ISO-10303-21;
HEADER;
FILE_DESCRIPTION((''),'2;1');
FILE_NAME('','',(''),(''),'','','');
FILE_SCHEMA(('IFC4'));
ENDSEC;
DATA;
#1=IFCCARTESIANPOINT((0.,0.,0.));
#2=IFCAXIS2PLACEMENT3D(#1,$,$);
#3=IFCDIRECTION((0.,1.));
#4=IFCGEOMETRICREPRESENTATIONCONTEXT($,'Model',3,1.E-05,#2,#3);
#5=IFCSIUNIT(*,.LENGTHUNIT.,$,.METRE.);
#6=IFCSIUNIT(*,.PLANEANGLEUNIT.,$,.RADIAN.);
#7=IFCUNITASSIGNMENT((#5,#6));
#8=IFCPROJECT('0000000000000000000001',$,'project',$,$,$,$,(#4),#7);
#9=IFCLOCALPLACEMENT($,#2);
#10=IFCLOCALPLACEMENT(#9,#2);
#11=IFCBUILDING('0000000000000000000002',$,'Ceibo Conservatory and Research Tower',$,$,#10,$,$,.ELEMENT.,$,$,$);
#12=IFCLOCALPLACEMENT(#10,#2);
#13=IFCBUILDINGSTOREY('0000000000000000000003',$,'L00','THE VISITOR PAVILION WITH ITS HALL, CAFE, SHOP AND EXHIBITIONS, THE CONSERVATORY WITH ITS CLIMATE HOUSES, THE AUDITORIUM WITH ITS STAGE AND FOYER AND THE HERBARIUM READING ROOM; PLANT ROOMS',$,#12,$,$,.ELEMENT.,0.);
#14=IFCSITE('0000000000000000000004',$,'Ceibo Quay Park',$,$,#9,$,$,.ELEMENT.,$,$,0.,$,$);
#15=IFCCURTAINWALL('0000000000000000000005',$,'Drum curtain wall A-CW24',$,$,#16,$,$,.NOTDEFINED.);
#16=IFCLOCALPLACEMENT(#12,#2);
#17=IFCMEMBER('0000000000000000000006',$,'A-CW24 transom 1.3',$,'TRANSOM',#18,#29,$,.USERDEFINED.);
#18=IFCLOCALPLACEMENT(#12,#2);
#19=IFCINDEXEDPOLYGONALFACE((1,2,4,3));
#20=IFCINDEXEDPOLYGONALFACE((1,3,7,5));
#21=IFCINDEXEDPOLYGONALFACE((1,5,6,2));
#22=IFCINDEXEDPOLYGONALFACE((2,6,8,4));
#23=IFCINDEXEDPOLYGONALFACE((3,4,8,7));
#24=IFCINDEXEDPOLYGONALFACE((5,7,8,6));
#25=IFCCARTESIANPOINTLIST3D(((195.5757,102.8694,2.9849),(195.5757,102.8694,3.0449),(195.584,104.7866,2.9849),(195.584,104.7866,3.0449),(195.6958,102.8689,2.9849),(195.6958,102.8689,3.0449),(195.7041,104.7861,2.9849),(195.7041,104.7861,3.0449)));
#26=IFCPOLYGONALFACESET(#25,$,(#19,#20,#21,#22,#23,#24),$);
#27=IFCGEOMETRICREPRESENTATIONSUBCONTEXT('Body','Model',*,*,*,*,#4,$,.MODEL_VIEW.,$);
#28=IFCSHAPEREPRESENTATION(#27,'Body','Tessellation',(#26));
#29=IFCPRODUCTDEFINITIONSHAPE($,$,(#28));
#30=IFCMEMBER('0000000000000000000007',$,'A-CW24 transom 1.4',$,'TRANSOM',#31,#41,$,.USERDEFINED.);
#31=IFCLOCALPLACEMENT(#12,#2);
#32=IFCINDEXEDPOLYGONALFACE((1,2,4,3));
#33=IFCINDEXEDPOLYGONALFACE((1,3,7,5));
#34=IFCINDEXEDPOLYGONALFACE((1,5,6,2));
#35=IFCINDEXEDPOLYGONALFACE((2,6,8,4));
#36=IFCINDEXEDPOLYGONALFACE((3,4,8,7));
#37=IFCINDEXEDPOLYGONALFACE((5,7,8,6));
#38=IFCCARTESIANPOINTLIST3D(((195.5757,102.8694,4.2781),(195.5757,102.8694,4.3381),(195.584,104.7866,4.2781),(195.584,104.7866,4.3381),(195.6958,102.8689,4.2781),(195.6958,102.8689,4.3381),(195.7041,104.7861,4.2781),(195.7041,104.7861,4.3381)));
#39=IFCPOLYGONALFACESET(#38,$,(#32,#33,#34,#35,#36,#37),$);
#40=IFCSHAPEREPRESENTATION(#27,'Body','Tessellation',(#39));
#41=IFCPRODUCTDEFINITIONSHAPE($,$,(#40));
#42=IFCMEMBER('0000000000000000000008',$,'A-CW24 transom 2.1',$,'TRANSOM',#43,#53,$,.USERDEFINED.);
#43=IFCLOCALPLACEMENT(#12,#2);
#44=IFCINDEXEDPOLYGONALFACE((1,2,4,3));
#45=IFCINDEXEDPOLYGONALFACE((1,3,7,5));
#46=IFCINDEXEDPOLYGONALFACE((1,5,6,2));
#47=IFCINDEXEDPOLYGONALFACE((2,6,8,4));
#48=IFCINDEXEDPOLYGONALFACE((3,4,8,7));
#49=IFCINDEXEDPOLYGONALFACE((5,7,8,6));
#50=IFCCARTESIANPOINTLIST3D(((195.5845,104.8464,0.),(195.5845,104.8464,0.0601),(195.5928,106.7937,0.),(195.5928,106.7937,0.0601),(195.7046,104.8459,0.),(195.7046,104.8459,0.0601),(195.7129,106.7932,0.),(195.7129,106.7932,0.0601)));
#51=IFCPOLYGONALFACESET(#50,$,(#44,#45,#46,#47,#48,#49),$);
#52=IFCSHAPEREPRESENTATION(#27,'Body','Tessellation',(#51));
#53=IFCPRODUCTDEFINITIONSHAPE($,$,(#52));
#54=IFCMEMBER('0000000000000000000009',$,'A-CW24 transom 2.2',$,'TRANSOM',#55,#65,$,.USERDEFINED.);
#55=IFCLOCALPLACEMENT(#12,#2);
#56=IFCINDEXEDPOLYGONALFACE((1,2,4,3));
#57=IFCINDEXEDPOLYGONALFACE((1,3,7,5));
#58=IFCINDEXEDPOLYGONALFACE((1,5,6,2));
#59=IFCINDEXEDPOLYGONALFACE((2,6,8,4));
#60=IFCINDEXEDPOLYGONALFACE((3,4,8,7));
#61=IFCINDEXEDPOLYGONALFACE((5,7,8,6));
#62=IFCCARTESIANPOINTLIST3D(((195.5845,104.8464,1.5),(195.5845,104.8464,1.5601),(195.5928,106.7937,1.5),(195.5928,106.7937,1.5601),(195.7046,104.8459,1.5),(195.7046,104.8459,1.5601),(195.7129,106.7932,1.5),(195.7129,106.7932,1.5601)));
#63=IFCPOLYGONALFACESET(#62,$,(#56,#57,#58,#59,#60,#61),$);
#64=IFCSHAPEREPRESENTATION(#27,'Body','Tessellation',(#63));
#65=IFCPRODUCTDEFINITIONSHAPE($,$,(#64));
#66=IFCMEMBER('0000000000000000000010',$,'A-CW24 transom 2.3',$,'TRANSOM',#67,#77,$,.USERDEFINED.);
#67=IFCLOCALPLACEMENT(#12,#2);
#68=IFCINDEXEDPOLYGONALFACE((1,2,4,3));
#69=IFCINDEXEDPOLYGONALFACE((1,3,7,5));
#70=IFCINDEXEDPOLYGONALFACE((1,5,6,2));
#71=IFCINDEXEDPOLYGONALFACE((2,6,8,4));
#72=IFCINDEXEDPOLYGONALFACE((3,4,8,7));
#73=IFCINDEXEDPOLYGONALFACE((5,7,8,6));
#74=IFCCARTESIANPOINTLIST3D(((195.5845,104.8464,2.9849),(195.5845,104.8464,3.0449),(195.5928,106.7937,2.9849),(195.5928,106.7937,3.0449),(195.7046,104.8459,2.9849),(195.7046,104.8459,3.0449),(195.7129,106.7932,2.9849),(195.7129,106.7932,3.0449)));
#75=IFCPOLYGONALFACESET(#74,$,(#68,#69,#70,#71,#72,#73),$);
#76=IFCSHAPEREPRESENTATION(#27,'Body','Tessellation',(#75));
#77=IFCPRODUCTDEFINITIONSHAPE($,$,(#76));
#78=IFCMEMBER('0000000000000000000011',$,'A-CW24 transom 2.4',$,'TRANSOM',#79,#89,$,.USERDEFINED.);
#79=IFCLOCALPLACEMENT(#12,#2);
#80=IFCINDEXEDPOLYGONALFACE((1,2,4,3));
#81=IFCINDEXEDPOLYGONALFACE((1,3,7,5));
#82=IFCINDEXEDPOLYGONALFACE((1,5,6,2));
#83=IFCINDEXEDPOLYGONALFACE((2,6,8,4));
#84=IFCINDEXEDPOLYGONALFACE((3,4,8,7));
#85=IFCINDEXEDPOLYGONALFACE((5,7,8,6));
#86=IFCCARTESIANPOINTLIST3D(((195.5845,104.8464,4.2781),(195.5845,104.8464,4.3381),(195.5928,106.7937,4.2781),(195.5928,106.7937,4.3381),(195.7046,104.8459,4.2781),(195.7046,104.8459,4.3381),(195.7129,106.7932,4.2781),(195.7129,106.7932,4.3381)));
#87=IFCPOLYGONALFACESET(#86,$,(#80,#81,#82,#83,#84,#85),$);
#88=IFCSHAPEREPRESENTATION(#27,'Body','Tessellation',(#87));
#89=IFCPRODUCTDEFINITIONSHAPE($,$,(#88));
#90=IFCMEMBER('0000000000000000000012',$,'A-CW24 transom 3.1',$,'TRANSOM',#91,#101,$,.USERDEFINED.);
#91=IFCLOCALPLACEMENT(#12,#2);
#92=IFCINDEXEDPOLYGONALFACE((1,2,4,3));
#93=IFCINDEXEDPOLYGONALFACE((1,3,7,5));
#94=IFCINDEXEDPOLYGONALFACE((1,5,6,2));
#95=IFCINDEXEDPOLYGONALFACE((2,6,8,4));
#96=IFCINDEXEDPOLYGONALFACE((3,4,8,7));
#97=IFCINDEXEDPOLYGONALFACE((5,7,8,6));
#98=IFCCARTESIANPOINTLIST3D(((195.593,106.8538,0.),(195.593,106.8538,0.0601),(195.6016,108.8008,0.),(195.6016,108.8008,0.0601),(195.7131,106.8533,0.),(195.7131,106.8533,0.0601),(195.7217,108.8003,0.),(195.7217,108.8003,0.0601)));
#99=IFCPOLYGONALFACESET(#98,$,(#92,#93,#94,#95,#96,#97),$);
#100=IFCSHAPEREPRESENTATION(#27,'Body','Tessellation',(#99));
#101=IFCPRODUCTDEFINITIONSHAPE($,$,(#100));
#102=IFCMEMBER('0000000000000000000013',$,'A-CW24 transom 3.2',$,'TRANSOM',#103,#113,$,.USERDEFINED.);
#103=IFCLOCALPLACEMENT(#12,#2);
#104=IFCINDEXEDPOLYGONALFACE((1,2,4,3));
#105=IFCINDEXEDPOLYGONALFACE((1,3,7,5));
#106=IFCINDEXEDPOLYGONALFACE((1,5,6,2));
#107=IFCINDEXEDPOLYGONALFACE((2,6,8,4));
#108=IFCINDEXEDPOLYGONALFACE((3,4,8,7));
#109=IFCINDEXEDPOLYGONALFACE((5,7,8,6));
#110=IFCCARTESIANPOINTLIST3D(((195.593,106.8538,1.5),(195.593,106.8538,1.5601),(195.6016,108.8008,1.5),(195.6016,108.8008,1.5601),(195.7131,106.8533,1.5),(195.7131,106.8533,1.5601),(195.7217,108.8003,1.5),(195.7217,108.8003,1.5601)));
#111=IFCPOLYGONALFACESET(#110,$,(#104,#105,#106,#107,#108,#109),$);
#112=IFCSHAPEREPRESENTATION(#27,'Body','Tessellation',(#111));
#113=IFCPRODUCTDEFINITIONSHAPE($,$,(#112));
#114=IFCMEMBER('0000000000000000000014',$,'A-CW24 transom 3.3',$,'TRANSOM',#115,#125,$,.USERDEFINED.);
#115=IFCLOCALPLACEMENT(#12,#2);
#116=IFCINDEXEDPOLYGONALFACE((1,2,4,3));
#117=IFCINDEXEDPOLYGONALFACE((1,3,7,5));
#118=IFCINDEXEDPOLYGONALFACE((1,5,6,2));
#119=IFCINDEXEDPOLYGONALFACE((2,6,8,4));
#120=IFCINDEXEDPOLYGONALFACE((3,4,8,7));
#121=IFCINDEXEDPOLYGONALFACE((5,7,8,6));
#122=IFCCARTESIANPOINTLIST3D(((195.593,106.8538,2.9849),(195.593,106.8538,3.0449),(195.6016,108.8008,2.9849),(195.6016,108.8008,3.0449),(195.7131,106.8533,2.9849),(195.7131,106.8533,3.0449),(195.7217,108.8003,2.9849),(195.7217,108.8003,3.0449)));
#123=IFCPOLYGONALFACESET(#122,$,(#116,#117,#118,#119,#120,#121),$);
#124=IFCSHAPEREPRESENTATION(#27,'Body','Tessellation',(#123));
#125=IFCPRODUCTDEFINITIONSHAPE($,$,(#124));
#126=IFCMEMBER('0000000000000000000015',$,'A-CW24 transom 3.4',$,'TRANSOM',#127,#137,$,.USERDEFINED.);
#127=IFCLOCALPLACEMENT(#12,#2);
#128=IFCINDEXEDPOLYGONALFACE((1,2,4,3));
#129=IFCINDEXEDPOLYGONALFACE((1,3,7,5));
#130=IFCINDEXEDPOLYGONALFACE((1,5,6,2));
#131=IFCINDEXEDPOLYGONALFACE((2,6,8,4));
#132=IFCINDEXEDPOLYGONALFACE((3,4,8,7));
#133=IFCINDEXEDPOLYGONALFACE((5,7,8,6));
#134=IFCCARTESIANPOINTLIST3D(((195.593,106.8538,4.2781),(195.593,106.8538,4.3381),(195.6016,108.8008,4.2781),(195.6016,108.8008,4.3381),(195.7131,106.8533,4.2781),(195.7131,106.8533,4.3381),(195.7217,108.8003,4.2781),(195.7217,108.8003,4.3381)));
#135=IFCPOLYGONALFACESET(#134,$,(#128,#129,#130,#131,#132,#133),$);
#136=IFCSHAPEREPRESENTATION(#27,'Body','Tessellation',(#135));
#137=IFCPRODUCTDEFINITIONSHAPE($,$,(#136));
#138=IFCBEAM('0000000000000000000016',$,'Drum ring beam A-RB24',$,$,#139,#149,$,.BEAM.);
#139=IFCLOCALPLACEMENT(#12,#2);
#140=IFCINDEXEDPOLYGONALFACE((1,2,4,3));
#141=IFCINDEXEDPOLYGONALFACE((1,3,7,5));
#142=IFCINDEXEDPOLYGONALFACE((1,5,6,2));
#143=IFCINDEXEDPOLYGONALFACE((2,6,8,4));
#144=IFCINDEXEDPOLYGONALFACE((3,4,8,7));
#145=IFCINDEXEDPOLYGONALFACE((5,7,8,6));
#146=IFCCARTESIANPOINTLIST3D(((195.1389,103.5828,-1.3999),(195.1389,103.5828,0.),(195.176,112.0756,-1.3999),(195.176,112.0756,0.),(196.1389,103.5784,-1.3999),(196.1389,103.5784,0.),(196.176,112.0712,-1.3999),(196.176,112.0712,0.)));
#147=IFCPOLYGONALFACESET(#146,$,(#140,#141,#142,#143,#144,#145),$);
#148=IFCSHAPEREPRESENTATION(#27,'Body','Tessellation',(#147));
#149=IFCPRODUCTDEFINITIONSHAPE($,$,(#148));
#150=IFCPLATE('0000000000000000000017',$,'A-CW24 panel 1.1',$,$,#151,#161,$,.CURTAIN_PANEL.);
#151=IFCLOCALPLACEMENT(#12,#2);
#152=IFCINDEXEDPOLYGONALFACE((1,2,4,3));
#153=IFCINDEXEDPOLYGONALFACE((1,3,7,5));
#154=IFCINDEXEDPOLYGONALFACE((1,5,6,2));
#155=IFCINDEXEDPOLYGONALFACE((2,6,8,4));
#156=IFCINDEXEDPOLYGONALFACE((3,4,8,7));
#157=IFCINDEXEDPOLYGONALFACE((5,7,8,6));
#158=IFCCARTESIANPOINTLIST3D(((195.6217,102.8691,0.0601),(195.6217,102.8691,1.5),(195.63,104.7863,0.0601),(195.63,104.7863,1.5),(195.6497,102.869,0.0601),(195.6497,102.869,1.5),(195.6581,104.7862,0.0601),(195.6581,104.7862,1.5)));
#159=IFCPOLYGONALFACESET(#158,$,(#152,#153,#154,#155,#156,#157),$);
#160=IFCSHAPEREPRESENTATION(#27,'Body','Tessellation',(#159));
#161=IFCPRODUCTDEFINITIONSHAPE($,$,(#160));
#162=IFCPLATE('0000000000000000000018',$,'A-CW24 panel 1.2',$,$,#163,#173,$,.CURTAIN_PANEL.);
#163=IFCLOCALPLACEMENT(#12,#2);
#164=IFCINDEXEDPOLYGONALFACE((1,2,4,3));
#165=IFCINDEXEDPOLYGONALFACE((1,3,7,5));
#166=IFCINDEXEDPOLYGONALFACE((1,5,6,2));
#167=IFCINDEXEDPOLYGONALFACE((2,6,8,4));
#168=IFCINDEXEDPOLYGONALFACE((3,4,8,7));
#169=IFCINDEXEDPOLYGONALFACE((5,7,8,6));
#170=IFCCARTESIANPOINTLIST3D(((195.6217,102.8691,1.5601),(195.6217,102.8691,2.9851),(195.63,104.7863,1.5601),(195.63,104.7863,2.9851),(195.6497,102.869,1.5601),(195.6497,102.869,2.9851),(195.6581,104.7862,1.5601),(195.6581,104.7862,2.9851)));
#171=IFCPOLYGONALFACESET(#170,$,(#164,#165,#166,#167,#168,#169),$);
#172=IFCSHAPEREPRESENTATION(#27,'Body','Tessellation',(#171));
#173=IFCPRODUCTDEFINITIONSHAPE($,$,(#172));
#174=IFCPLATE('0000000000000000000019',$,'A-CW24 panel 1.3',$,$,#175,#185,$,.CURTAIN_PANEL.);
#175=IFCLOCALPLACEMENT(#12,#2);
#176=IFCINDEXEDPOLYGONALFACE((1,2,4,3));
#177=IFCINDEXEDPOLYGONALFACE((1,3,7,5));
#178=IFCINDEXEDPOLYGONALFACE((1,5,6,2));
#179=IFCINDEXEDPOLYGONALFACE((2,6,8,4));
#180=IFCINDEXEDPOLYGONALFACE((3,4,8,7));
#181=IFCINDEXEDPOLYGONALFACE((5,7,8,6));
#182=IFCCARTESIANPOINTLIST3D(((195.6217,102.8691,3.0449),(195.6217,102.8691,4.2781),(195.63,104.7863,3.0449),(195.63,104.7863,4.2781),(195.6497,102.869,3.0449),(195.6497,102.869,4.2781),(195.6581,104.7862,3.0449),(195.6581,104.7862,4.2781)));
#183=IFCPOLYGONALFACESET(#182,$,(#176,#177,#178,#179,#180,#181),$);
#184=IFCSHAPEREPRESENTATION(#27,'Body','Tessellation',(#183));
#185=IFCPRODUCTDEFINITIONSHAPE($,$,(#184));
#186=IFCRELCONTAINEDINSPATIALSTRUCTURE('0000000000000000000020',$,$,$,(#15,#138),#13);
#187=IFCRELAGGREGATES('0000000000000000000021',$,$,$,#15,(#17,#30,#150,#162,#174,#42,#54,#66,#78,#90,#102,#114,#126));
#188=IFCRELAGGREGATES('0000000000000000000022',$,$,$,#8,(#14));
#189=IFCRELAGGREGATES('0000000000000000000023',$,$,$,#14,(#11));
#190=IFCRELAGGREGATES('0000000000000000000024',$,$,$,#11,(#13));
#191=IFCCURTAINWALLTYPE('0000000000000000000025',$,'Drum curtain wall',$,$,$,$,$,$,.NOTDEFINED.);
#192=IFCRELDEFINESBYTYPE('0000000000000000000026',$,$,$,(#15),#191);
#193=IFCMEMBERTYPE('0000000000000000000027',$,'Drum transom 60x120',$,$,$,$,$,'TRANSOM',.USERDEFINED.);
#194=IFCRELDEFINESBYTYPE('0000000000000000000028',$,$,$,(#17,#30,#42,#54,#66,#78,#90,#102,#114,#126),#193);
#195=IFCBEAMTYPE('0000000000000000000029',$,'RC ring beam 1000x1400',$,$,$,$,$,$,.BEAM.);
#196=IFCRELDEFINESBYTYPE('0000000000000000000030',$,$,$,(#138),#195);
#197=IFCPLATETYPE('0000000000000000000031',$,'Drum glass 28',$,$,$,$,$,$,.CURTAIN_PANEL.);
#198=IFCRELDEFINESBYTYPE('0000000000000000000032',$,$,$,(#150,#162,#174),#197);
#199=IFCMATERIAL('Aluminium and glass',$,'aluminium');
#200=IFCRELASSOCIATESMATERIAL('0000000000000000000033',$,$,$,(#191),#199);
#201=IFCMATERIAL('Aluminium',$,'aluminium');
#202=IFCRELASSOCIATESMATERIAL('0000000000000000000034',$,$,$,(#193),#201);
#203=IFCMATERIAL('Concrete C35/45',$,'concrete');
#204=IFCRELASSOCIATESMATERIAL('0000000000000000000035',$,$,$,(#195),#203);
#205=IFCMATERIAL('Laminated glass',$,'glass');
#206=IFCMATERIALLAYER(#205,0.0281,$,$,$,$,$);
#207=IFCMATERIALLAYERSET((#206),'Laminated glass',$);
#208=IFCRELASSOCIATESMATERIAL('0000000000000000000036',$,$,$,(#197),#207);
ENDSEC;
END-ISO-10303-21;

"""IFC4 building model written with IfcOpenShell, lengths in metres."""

from ifc_helpers import new_model, si_unit, direction, frame, origin, origin_2d, place, context, subcontext, project, spatial, rectangle, extrude, material, layer, layer_set, material_profile, profile_set, type_object, element, aggregate, save


model = new_model("IFC4")

# Units and contexts
model_context = context("Model", 3, precision=1e-05, world=origin(), true_north=direction((0.0, 1.0)))
body_context = subcontext(model_context, "Body", "Model", "MODEL_VIEW")
ifc_project = project(units=[si_unit("LENGTHUNIT", "METRE"), si_unit("PLANEANGLEUNIT", "RADIAN")], contexts=[model_context])

# Site, building, storey
site_placement = place(None, origin())
site = spatial("IfcSite", under=ifc_project, at=site_placement, Name="Ceibo Quay Park", CompositionType="ELEMENT", RefElevation=0.0)
building_placement = place(site_placement, origin())
building = spatial("IfcBuilding", under=site, at=building_placement, Name="Ceibo Conservatory and Research Tower", CompositionType="ELEMENT")
storey_placement = place(building_placement, origin())
storey = spatial("IfcBuildingStorey", under=building, at=storey_placement, Name="L00", Description="THE VISITOR PAVILION WITH ITS HALL, CAFE, SHOP AND EXHIBITIONS, THE CONSERVATORY WITH ITS CLIMATE HOUSES, THE AUDITORIUM WITH ITS STAGE AND FOYER AND THE HERBARIUM READING ROOM; PLANT ROOMS", CompositionType="ELEMENT", Elevation=0.0)

# Shared definitions
ifc_material_1 = material(Name="Concrete C35/45", Category="concrete")

# Shared definitions
ifc_material_2 = material(Name="Aluminium and glass", Category="aluminium")
curtain_wall_type = type_object("IfcCurtainWallType", Name="Drum curtain wall", PredefinedType="NOTDEFINED", material=ifc_material_2)
ifc_material_3 = material(Name="Aluminium", Category="aluminium")

# Curtain wall
curtain_wall_1_placement = place(storey_placement, origin())
curtain_wall_1 = element("IfcCurtainWall", 1, at=curtain_wall_1_placement, inside=storey, type_object=curtain_wall_type, Name="Drum curtain wall A-CW24", PredefinedType="NOTDEFINED")

# Members
ifc_material_profile_1 = material_profile(ifc_material_3, rectangle(XDim=0.1201, YDim=0.0601, at=origin_2d()), Name="AL 60x120")
ifc_profile_set_1 = profile_set([ifc_material_profile_1], Name="Aluminium")
member_type_1 = type_object("IfcMemberType", Name="Drum transom 60x120", ElementType="TRANSOM", PredefinedType="USERDEFINED", material=ifc_profile_set_1)
member_1_placement = place(storey_placement, frame((195.6357, 102.8691, 3.0149), z_axis=(0.00433, 0.999991, 0.0), x_axis=(-0.999991, 0.00433, 0.0)))
member_1 = element("IfcMember", 2, at=member_1_placement, type_object=member_type_1, Name="A-CW24 transom 1.3", ObjectType="TRANSOM", PredefinedType="USERDEFINED", context=body_context, shape_type="SweptSolid", body=[
    extrude(rectangle(XDim=0.1201, YDim=0.0601, at=origin_2d()), origin(), (0.0, 0.0, 1.0), 1.9172),
])
member_2_placement = place(storey_placement, frame((195.6357, 102.8691, 4.3081), z_axis=(0.00433, 0.999991, 0.0), x_axis=(-0.999991, 0.00433, 0.0)))
member_2 = element("IfcMember", 3, at=member_2_placement, type_object=member_type_1, Name="A-CW24 transom 1.4", ObjectType="TRANSOM", PredefinedType="USERDEFINED", context=body_context, shape_type="SweptSolid", body=[
    extrude(rectangle(XDim=0.1201, YDim=0.0601, at=origin_2d()), origin(), (0.0, 0.0, 1.0), 1.9172),
])
member_3_placement = place(storey_placement, frame((195.6445, 104.8462, 0.03), z_axis=(0.004263, 0.999991, 0.0), x_axis=(-0.999991, 0.004263, 0.0)))
member_3 = element("IfcMember", 4, at=member_3_placement, type_object=member_type_1, Name="A-CW24 transom 2.1", ObjectType="TRANSOM", PredefinedType="USERDEFINED", context=body_context, shape_type="SweptSolid", body=[
    extrude(rectangle(XDim=0.1201, YDim=0.0601, at=origin_2d()), origin(), (0.0, 0.0, 1.0), 1.9473),
])
member_4_placement = place(storey_placement, frame((195.6445, 104.8462, 1.53), z_axis=(0.004263, 0.999991, 0.0), x_axis=(-0.999991, 0.004263, 0.0)))
member_4 = element("IfcMember", 5, at=member_4_placement, type_object=member_type_1, Name="A-CW24 transom 2.2", ObjectType="TRANSOM", PredefinedType="USERDEFINED", context=body_context, shape_type="SweptSolid", body=[
    extrude(rectangle(XDim=0.1201, YDim=0.0601, at=origin_2d()), origin(), (0.0, 0.0, 1.0), 1.9473),
])
member_5_placement = place(storey_placement, frame((195.6445, 104.8462, 3.0149), z_axis=(0.004263, 0.999991, 0.0), x_axis=(-0.999991, 0.004263, 0.0)))
member_5 = element("IfcMember", 6, at=member_5_placement, type_object=member_type_1, Name="A-CW24 transom 2.3", ObjectType="TRANSOM", PredefinedType="USERDEFINED", context=body_context, shape_type="SweptSolid", body=[
    extrude(rectangle(XDim=0.1201, YDim=0.0601, at=origin_2d()), origin(), (0.0, 0.0, 1.0), 1.9473),
])
member_6_placement = place(storey_placement, frame((195.6445, 104.8462, 4.3081), z_axis=(0.004263, 0.999991, 0.0), x_axis=(-0.999991, 0.004263, 0.0)))
member_6 = element("IfcMember", 7, at=member_6_placement, type_object=member_type_1, Name="A-CW24 transom 2.4", ObjectType="TRANSOM", PredefinedType="USERDEFINED", context=body_context, shape_type="SweptSolid", body=[
    extrude(rectangle(XDim=0.1201, YDim=0.0601, at=origin_2d()), origin(), (0.0, 0.0, 1.0), 1.9473),
])
member_7_placement = place(storey_placement, frame((195.6531, 106.8535, 0.03), z_axis=(0.004389, 0.99999, 0.0), x_axis=(-0.99999, 0.004389, 0.0)))
member_7 = element("IfcMember", 8, at=member_7_placement, type_object=member_type_1, Name="A-CW24 transom 3.1", ObjectType="TRANSOM", PredefinedType="USERDEFINED", context=body_context, shape_type="SweptSolid", body=[
    extrude(rectangle(XDim=0.1201, YDim=0.0601, at=origin_2d()), origin(), (0.0, 0.0, 1.0), 1.947),
])
member_8_placement = place(storey_placement, frame((195.6531, 106.8535, 1.53), z_axis=(0.004389, 0.99999, 0.0), x_axis=(-0.99999, 0.004389, 0.0)))
member_8 = element("IfcMember", 9, at=member_8_placement, type_object=member_type_1, Name="A-CW24 transom 3.2", ObjectType="TRANSOM", PredefinedType="USERDEFINED", context=body_context, shape_type="SweptSolid", body=[
    extrude(rectangle(XDim=0.1201, YDim=0.0601, at=origin_2d()), origin(), (0.0, 0.0, 1.0), 1.947),
])
member_9_placement = place(storey_placement, frame((195.6531, 106.8535, 3.0149), z_axis=(0.004389, 0.99999, 0.0), x_axis=(-0.99999, 0.004389, 0.0)))
member_9 = element("IfcMember", 10, at=member_9_placement, type_object=member_type_1, Name="A-CW24 transom 3.3", ObjectType="TRANSOM", PredefinedType="USERDEFINED", context=body_context, shape_type="SweptSolid", body=[
    extrude(rectangle(XDim=0.1201, YDim=0.0601, at=origin_2d()), origin(), (0.0, 0.0, 1.0), 1.947),
])
member_10_placement = place(storey_placement, frame((195.6531, 106.8535, 4.3081), z_axis=(0.004389, 0.99999, 0.0), x_axis=(-0.99999, 0.004389, 0.0)))
member_10 = element("IfcMember", 11, at=member_10_placement, type_object=member_type_1, Name="A-CW24 transom 3.4", ObjectType="TRANSOM", PredefinedType="USERDEFINED", context=body_context, shape_type="SweptSolid", body=[
    extrude(rectangle(XDim=0.1201, YDim=0.0601, at=origin_2d()), origin(), (0.0, 0.0, 1.0), 1.947),
])

# Beam
ifc_material_profile_2 = material_profile(ifc_material_1, rectangle(XDim=1.0, YDim=1.3999, at=origin_2d()), Name="RC 1000x1400")
ifc_profile_set_2 = profile_set([ifc_material_profile_2], Name="Concrete C35/45")
beam_type = type_object("IfcBeamType", Name="RC ring beam 1000x1400", PredefinedType="BEAM", material=ifc_profile_set_2)
beam_placement = place(storey_placement, frame((195.6389, 103.5806, -0.7), z_axis=(0.004369, 0.99999, 0.0), x_axis=(-0.99999, 0.004369, 0.0)))
element("IfcBeam", 12, at=beam_placement, inside=storey, type_object=beam_type, Name="Drum ring beam A-RB24", PredefinedType="BEAM", context=body_context, shape_type="SweptSolid", body=[
    extrude(rectangle(XDim=1.0, YDim=1.3999, at=origin_2d()), origin(), (0.0, 0.0, 1.0), 8.4929),
])

# Plates
ifc_material_4 = material(Name="Laminated glass", Category="glass")
ifc_layer_1 = layer(ifc_material_4, 0.0281)
ifc_layer_set_1 = layer_set([ifc_layer_1], Name="Laminated glass")
plate_type_1 = type_object("IfcPlateType", Name="Drum glass 28", PredefinedType="CURTAIN_PANEL", material=ifc_layer_set_1)
plate_1_placement = place(storey_placement, frame((195.6399, 103.8276, 0.0601), z_axis=(0.0, 0.0, 1.0), x_axis=(0.004363, 0.99999, 0.0)))
plate_1 = element("IfcPlate", 13, at=plate_1_placement, type_object=plate_type_1, Name="A-CW24 panel 1.1", PredefinedType="CURTAIN_PANEL", context=body_context, shape_type="SweptSolid", body=[
    extrude(rectangle(XDim=1.9172, YDim=0.0281, at=origin_2d()), origin(), (0.0, 0.0, 1.0), 1.4399),
])
plate_2_placement = place(storey_placement, frame((195.6399, 103.8276, 1.5601), z_axis=(0.0, 0.0, 1.0), x_axis=(0.004363, 0.99999, 0.0)))
plate_2 = element("IfcPlate", 14, at=plate_2_placement, type_object=plate_type_1, Name="A-CW24 panel 1.2", PredefinedType="CURTAIN_PANEL", context=body_context, shape_type="SweptSolid", body=[
    extrude(rectangle(XDim=1.9172, YDim=0.0281, at=origin_2d()), origin(), (0.0, 0.0, 1.0), 1.425),
])
plate_3_placement = place(storey_placement, frame((195.6399, 103.8276, 3.0449), z_axis=(0.0, 0.0, 1.0), x_axis=(0.004363, 0.99999, 0.0)))
plate_3 = element("IfcPlate", 15, at=plate_3_placement, type_object=plate_type_1, Name="A-CW24 panel 1.3", PredefinedType="CURTAIN_PANEL", context=body_context, shape_type="SweptSolid", body=[
    extrude(rectangle(XDim=1.9172, YDim=0.0281, at=origin_2d()), origin(), (0.0, 0.0, 1.0), 1.2332),
])
aggregate(curtain_wall_1, [member_1, member_2, plate_1, plate_2, plate_3, member_3, member_4, member_5, member_6, member_7, member_8, member_9, member_10])

save(model, "model.ifc")
